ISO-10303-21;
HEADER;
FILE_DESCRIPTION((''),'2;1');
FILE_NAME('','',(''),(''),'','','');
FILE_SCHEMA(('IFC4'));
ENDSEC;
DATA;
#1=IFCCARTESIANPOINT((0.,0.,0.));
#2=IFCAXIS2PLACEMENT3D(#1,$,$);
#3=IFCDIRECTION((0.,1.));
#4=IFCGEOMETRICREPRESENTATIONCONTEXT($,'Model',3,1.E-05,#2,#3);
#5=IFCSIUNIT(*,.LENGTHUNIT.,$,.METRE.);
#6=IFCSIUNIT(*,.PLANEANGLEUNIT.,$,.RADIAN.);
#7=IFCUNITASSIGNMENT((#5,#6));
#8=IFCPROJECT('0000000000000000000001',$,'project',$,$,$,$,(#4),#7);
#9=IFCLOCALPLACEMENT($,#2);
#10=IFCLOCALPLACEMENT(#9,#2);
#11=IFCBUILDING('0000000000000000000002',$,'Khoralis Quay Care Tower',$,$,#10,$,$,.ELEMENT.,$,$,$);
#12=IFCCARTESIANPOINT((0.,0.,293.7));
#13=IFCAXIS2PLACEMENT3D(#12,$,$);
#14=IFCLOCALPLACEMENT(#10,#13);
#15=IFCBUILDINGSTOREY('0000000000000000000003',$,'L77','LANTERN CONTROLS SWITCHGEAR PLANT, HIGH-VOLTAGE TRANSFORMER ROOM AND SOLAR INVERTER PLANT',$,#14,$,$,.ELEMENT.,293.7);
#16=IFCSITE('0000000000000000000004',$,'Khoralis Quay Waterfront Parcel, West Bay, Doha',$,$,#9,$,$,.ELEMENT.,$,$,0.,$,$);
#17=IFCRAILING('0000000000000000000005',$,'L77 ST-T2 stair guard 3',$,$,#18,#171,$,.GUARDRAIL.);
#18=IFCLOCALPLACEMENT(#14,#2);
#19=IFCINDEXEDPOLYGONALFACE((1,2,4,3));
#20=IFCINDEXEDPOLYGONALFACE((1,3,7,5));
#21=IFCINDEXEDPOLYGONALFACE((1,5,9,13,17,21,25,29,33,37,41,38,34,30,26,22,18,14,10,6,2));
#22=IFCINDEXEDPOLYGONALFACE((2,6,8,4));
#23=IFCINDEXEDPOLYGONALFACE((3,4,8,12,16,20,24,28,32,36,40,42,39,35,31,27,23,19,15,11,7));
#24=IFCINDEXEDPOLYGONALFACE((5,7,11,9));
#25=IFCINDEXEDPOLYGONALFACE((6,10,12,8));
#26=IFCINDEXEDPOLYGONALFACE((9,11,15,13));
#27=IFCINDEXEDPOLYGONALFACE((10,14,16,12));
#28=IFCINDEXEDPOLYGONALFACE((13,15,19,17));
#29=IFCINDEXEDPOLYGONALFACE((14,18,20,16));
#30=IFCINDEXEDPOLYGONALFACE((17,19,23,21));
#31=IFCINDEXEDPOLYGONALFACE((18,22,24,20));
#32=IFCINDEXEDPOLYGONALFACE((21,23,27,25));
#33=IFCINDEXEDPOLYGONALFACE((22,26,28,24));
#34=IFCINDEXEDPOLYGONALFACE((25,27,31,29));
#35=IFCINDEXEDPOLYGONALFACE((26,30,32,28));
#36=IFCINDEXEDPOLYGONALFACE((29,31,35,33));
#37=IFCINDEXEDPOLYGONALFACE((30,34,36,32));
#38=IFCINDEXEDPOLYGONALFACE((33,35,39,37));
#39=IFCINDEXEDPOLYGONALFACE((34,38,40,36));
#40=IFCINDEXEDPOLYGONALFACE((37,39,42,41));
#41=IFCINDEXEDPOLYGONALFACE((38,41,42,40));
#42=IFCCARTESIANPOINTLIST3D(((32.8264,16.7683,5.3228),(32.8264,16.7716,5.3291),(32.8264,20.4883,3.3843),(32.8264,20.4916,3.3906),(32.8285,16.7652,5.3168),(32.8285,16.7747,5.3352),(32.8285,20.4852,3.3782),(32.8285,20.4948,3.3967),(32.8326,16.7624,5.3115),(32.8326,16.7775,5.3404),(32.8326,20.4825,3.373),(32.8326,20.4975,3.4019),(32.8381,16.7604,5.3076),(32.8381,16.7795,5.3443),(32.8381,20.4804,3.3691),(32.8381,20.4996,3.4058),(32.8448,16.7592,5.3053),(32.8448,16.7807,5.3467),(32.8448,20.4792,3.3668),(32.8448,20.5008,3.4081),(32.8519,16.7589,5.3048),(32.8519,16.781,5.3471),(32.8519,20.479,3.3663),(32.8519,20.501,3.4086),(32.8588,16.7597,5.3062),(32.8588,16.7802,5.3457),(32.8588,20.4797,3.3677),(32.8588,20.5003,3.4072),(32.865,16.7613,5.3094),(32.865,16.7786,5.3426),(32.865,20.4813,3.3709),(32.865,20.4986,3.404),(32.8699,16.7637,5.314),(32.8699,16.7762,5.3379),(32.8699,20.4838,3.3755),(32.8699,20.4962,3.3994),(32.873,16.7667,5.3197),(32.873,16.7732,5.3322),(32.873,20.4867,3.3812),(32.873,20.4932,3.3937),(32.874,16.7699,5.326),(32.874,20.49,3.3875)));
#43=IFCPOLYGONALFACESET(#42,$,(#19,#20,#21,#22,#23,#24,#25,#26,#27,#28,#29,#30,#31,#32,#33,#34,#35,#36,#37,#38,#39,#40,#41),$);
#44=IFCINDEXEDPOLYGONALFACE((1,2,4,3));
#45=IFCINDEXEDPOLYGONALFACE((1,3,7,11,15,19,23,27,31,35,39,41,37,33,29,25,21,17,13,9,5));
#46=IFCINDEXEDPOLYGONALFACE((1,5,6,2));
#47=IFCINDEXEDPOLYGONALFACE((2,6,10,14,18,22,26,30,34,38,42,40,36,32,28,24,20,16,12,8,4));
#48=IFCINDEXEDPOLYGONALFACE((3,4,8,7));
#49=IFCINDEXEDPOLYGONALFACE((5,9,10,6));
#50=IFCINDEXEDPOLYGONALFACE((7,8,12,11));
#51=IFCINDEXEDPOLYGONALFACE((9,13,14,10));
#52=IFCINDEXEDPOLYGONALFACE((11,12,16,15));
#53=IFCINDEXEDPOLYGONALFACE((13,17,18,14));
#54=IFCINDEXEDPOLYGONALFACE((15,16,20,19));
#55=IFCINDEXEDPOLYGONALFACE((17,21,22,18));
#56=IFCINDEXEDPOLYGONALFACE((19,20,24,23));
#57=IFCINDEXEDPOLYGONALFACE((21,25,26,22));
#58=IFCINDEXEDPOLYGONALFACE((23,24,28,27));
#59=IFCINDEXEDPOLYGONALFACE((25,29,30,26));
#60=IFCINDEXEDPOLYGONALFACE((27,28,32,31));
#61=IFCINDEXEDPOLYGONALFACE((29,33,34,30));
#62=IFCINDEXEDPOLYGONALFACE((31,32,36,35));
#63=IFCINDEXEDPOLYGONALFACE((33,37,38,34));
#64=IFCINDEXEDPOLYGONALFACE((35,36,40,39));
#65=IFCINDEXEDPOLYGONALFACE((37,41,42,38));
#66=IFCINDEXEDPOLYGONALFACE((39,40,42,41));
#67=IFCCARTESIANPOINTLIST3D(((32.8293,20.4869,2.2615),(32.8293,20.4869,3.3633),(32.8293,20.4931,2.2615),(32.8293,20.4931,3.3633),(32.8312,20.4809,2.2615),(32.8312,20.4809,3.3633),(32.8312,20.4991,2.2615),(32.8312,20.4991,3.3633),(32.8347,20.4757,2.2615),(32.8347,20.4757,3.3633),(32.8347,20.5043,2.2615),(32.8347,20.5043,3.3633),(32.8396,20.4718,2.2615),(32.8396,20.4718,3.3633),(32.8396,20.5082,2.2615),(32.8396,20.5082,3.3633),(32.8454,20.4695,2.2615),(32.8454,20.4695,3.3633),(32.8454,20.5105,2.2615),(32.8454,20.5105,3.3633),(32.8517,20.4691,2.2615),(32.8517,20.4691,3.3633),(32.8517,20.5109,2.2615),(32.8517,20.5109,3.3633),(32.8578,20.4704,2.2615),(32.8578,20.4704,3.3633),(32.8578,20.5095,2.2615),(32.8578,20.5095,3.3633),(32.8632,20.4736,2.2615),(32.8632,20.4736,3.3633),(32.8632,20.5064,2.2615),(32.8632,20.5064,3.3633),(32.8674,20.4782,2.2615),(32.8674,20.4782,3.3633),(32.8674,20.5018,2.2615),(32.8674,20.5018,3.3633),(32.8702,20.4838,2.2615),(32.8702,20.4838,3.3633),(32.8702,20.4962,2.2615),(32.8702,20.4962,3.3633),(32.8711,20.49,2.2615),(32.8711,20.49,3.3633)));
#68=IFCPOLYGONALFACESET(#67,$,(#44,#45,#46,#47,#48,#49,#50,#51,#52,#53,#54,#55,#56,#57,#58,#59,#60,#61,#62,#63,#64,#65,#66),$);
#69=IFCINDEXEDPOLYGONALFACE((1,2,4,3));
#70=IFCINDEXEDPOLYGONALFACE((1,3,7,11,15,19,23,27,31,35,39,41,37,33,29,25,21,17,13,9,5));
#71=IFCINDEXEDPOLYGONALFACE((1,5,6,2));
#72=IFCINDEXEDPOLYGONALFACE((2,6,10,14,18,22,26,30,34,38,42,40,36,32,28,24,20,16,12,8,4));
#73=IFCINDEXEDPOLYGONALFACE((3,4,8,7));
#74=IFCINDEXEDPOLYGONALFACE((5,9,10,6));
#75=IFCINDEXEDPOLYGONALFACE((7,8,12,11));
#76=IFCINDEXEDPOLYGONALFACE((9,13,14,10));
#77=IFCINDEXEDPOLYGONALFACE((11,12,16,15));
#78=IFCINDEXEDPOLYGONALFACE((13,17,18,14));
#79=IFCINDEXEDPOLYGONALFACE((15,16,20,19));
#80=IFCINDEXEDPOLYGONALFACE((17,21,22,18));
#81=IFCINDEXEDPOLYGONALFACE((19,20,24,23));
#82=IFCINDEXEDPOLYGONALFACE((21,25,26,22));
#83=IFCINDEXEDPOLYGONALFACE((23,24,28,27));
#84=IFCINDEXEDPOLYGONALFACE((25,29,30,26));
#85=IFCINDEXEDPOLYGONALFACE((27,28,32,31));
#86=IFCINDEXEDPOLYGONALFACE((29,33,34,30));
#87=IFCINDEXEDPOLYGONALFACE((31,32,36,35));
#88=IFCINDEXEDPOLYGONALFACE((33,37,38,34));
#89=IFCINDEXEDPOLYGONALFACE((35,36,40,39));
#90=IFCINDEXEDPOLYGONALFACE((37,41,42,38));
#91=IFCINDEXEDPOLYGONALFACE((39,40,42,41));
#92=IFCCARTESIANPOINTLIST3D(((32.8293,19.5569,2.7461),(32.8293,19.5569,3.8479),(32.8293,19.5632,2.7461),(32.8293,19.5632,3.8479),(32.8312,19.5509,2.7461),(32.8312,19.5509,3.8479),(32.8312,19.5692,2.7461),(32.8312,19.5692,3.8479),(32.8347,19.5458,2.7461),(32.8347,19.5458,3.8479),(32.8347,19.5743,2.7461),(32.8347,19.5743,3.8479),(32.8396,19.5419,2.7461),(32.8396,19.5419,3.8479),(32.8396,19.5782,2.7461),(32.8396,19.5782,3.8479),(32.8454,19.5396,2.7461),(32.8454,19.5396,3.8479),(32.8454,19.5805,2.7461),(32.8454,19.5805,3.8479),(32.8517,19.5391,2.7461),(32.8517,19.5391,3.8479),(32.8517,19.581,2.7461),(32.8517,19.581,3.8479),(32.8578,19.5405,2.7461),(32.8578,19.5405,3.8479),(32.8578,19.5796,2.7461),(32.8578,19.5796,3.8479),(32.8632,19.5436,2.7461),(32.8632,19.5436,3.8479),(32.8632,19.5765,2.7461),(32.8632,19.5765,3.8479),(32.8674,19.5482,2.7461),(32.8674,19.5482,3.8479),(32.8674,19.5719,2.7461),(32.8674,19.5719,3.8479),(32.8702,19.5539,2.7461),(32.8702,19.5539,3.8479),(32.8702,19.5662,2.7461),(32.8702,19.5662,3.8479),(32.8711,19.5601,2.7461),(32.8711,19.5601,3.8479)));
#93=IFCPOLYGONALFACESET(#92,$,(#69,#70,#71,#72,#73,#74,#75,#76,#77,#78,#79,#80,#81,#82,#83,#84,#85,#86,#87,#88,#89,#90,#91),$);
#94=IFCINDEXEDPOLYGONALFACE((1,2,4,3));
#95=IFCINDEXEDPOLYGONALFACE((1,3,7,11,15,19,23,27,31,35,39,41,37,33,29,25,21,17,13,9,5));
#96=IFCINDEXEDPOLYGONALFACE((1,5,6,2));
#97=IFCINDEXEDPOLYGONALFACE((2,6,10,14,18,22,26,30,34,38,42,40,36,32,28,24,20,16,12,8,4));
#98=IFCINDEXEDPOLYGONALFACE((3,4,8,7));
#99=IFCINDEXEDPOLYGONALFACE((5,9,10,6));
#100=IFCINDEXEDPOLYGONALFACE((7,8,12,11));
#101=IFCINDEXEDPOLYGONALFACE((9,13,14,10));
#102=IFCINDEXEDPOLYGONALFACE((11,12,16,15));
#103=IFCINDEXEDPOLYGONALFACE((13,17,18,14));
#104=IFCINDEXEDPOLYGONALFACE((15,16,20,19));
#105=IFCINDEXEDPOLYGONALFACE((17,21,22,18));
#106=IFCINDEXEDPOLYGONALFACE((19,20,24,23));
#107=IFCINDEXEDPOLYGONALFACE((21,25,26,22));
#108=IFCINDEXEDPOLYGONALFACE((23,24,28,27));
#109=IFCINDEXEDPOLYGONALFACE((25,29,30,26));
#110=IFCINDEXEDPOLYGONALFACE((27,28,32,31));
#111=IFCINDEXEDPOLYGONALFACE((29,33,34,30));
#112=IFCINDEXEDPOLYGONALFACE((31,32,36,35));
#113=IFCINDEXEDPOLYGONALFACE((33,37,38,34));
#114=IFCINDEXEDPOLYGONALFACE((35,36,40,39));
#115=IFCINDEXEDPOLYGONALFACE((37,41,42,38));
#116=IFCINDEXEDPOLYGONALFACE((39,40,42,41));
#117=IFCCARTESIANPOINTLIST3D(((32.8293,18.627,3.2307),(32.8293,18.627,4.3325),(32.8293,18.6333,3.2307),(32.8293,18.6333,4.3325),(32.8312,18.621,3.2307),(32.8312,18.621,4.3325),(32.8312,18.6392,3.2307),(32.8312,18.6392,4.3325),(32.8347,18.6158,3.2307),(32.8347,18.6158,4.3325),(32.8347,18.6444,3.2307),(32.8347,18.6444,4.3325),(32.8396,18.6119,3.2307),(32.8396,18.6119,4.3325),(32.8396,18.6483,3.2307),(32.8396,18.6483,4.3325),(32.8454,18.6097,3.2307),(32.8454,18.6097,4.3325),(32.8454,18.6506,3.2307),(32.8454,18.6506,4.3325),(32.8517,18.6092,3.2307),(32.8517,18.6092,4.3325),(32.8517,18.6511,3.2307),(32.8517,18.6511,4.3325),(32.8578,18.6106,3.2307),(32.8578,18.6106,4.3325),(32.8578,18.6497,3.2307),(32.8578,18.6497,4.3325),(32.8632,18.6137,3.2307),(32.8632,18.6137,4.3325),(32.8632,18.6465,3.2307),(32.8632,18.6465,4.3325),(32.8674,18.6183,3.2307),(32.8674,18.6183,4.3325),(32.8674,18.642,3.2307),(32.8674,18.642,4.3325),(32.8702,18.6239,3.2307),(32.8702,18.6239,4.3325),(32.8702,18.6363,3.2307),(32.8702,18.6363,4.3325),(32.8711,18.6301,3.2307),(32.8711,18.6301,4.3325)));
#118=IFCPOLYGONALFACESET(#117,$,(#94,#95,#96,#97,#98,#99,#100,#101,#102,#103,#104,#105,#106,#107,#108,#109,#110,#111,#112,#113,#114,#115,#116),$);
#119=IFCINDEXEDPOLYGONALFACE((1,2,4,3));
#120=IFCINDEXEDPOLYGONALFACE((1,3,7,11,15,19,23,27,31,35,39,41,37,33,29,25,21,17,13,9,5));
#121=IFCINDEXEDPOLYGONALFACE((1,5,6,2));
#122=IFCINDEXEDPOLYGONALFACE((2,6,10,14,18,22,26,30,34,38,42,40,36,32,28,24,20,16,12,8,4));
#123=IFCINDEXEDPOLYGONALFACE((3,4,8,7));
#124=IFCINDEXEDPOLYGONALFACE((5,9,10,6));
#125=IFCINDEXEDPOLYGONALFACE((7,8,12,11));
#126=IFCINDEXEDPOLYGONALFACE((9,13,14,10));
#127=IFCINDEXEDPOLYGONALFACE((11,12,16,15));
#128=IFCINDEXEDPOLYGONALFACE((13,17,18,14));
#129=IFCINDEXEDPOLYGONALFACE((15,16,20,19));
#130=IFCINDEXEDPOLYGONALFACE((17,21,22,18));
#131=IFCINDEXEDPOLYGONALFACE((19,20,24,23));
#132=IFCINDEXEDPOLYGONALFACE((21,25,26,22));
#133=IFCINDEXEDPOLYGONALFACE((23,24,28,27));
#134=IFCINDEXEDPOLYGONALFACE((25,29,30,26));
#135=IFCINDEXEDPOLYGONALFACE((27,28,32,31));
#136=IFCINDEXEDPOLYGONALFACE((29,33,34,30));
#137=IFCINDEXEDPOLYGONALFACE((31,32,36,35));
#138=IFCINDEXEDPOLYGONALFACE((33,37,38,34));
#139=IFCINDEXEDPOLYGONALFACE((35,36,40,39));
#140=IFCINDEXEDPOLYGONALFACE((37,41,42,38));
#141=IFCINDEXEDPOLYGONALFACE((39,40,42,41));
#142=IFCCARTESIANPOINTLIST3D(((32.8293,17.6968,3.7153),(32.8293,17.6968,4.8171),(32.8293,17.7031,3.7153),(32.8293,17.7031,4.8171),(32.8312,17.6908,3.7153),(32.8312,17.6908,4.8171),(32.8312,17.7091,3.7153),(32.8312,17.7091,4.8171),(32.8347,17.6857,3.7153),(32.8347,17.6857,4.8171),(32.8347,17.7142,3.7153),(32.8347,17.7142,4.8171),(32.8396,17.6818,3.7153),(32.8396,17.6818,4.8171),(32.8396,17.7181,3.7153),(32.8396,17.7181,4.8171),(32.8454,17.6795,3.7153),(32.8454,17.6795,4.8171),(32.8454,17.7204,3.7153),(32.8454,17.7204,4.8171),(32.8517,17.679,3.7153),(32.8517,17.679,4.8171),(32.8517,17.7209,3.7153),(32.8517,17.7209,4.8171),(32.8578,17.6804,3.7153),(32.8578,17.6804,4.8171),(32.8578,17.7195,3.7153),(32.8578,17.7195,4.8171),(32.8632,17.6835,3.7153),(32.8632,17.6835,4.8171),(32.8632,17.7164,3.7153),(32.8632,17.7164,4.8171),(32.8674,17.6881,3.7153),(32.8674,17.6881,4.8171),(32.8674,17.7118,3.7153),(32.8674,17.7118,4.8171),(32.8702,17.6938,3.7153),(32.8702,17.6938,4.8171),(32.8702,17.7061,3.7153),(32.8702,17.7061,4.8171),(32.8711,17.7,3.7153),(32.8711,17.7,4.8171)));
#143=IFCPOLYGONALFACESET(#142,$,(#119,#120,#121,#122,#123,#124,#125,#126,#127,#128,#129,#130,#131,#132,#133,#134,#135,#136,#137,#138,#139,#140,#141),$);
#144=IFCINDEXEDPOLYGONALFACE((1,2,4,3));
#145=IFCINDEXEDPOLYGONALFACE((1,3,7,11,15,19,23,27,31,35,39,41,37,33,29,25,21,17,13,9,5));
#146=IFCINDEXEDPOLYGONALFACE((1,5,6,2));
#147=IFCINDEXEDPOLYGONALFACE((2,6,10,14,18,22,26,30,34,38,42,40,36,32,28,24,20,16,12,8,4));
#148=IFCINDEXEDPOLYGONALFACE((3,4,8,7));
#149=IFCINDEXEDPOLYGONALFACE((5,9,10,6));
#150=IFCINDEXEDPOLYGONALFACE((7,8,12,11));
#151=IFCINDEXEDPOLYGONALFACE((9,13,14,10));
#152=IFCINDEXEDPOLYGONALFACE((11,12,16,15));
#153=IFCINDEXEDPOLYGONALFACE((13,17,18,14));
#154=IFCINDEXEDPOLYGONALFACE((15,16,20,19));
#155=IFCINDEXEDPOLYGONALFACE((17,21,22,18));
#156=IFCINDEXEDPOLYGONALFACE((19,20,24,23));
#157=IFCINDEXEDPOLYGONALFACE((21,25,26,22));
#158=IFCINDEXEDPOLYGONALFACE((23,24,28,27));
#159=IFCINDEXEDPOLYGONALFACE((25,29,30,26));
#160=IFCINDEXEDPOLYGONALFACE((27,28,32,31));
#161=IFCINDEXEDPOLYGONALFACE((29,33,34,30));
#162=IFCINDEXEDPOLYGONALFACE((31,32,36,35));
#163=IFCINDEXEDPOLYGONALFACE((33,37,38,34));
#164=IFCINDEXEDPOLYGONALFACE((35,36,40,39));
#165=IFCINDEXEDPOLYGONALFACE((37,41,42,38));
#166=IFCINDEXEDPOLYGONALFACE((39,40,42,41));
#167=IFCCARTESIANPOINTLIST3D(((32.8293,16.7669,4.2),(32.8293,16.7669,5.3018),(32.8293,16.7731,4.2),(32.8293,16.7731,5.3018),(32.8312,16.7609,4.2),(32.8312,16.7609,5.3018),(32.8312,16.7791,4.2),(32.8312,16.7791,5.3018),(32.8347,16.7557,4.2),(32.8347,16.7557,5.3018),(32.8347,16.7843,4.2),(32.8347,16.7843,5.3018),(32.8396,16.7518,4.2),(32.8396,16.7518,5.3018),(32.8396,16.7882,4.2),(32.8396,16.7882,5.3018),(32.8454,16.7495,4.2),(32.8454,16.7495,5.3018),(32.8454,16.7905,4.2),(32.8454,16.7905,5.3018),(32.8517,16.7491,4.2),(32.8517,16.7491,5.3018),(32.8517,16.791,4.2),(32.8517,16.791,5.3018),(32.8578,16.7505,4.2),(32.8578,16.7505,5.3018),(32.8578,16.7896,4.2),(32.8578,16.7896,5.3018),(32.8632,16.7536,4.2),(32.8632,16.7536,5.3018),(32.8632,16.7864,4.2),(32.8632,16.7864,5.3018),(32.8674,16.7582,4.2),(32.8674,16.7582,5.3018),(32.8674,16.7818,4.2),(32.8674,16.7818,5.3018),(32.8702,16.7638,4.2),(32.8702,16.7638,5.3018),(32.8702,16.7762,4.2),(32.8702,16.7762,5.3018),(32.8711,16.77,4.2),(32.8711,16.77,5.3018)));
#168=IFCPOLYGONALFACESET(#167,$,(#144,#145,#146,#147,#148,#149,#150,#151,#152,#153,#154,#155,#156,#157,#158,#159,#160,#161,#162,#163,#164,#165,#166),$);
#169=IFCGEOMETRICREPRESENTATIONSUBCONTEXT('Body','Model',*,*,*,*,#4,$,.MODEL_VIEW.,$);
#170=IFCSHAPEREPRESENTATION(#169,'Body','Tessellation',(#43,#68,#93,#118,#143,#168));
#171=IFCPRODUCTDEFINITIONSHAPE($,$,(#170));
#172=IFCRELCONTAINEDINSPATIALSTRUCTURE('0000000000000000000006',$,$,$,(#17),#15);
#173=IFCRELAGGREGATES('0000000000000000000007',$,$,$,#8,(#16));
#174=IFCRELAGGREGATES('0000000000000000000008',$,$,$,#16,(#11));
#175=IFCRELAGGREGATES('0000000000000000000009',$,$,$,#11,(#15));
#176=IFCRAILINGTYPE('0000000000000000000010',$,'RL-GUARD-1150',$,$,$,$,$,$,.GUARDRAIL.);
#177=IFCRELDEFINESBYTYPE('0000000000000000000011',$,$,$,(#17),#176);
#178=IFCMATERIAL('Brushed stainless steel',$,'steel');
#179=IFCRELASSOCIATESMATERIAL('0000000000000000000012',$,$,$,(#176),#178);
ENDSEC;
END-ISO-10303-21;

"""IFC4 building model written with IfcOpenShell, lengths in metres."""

from ifc_helpers import new_model, si_unit, direction, frame, origin, origin_2d, place, context, subcontext, project, spatial, circle, extrude, material, type_object, element, save


model = new_model("IFC4")

# Units and contexts
model_context = context("Model", 3, precision=1e-05, world=origin(), true_north=direction((0.0, 1.0)))
body_context = subcontext(model_context, "Body", "Model", "MODEL_VIEW")
ifc_project = project(units=[si_unit("LENGTHUNIT", "METRE"), si_unit("PLANEANGLEUNIT", "RADIAN")], contexts=[model_context])

# Site, building, storey
site_placement = place(None, origin())
site = spatial("IfcSite", under=ifc_project, at=site_placement, Name="Khoralis Quay Waterfront Parcel, West Bay, Doha", CompositionType="ELEMENT", RefElevation=0.0)
building_placement = place(site_placement, origin())
building = spatial("IfcBuilding", under=site, at=building_placement, Name="Khoralis Quay Care Tower", CompositionType="ELEMENT")
storey_placement = place(building_placement, frame((0.0, 0.0, 293.7)))
storey = spatial("IfcBuildingStorey", under=building, at=storey_placement, Name="L77", Description="LANTERN CONTROLS SWITCHGEAR PLANT, HIGH-VOLTAGE TRANSFORMER ROOM AND SOLAR INVERTER PLANT", CompositionType="ELEMENT", Elevation=293.7)

# Railing
ifc_material_1 = material(Name="Brushed stainless steel", Category="steel")
railing_type = type_object("IfcRailingType", Name="RL-GUARD-1150", PredefinedType="GUARDRAIL", material=ifc_material_1)
railing_1_placement = place(storey_placement, frame((32.8501, 20.49, 2.2615)))
element("IfcRailing", 1, at=railing_1_placement, inside=storey, type_object=railing_type, Name="L77 ST-T2 stair guard 3", PredefinedType="GUARDRAIL", context=body_context, shape_type="SweptSolid", body=[
    extrude(circle(Radius=0.0239, at=origin_2d()), frame((0.0, 0.0, 1.126), z_axis=(0.0, -0.886817, 0.46212), x_axis=(1.0, 0.0, 0.0)), (0.0, 0.0, 1.0), 4.1948),
    extrude(circle(Radius=0.021, at=origin_2d()), origin(), (0.0, 0.0, 1.0), 1.1018),
    extrude(circle(Radius=0.021, at=origin_2d()), frame((0.0, -0.9299, 0.4846)), (0.0, 0.0, 1.0), 1.1018),
    extrude(circle(Radius=0.021, at=origin_2d()), frame((0.0, -1.8599, 0.9692)), (0.0, 0.0, 1.0), 1.1018),
    extrude(circle(Radius=0.021, at=origin_2d()), frame((0.0, -2.79, 1.4539)), (0.0, 0.0, 1.0), 1.1018),
    extrude(circle(Radius=0.021, at=origin_2d()), frame((0.0, -3.72, 1.9385)), (0.0, 0.0, 1.0), 1.1018),
])

save(model, "model.ifc")
